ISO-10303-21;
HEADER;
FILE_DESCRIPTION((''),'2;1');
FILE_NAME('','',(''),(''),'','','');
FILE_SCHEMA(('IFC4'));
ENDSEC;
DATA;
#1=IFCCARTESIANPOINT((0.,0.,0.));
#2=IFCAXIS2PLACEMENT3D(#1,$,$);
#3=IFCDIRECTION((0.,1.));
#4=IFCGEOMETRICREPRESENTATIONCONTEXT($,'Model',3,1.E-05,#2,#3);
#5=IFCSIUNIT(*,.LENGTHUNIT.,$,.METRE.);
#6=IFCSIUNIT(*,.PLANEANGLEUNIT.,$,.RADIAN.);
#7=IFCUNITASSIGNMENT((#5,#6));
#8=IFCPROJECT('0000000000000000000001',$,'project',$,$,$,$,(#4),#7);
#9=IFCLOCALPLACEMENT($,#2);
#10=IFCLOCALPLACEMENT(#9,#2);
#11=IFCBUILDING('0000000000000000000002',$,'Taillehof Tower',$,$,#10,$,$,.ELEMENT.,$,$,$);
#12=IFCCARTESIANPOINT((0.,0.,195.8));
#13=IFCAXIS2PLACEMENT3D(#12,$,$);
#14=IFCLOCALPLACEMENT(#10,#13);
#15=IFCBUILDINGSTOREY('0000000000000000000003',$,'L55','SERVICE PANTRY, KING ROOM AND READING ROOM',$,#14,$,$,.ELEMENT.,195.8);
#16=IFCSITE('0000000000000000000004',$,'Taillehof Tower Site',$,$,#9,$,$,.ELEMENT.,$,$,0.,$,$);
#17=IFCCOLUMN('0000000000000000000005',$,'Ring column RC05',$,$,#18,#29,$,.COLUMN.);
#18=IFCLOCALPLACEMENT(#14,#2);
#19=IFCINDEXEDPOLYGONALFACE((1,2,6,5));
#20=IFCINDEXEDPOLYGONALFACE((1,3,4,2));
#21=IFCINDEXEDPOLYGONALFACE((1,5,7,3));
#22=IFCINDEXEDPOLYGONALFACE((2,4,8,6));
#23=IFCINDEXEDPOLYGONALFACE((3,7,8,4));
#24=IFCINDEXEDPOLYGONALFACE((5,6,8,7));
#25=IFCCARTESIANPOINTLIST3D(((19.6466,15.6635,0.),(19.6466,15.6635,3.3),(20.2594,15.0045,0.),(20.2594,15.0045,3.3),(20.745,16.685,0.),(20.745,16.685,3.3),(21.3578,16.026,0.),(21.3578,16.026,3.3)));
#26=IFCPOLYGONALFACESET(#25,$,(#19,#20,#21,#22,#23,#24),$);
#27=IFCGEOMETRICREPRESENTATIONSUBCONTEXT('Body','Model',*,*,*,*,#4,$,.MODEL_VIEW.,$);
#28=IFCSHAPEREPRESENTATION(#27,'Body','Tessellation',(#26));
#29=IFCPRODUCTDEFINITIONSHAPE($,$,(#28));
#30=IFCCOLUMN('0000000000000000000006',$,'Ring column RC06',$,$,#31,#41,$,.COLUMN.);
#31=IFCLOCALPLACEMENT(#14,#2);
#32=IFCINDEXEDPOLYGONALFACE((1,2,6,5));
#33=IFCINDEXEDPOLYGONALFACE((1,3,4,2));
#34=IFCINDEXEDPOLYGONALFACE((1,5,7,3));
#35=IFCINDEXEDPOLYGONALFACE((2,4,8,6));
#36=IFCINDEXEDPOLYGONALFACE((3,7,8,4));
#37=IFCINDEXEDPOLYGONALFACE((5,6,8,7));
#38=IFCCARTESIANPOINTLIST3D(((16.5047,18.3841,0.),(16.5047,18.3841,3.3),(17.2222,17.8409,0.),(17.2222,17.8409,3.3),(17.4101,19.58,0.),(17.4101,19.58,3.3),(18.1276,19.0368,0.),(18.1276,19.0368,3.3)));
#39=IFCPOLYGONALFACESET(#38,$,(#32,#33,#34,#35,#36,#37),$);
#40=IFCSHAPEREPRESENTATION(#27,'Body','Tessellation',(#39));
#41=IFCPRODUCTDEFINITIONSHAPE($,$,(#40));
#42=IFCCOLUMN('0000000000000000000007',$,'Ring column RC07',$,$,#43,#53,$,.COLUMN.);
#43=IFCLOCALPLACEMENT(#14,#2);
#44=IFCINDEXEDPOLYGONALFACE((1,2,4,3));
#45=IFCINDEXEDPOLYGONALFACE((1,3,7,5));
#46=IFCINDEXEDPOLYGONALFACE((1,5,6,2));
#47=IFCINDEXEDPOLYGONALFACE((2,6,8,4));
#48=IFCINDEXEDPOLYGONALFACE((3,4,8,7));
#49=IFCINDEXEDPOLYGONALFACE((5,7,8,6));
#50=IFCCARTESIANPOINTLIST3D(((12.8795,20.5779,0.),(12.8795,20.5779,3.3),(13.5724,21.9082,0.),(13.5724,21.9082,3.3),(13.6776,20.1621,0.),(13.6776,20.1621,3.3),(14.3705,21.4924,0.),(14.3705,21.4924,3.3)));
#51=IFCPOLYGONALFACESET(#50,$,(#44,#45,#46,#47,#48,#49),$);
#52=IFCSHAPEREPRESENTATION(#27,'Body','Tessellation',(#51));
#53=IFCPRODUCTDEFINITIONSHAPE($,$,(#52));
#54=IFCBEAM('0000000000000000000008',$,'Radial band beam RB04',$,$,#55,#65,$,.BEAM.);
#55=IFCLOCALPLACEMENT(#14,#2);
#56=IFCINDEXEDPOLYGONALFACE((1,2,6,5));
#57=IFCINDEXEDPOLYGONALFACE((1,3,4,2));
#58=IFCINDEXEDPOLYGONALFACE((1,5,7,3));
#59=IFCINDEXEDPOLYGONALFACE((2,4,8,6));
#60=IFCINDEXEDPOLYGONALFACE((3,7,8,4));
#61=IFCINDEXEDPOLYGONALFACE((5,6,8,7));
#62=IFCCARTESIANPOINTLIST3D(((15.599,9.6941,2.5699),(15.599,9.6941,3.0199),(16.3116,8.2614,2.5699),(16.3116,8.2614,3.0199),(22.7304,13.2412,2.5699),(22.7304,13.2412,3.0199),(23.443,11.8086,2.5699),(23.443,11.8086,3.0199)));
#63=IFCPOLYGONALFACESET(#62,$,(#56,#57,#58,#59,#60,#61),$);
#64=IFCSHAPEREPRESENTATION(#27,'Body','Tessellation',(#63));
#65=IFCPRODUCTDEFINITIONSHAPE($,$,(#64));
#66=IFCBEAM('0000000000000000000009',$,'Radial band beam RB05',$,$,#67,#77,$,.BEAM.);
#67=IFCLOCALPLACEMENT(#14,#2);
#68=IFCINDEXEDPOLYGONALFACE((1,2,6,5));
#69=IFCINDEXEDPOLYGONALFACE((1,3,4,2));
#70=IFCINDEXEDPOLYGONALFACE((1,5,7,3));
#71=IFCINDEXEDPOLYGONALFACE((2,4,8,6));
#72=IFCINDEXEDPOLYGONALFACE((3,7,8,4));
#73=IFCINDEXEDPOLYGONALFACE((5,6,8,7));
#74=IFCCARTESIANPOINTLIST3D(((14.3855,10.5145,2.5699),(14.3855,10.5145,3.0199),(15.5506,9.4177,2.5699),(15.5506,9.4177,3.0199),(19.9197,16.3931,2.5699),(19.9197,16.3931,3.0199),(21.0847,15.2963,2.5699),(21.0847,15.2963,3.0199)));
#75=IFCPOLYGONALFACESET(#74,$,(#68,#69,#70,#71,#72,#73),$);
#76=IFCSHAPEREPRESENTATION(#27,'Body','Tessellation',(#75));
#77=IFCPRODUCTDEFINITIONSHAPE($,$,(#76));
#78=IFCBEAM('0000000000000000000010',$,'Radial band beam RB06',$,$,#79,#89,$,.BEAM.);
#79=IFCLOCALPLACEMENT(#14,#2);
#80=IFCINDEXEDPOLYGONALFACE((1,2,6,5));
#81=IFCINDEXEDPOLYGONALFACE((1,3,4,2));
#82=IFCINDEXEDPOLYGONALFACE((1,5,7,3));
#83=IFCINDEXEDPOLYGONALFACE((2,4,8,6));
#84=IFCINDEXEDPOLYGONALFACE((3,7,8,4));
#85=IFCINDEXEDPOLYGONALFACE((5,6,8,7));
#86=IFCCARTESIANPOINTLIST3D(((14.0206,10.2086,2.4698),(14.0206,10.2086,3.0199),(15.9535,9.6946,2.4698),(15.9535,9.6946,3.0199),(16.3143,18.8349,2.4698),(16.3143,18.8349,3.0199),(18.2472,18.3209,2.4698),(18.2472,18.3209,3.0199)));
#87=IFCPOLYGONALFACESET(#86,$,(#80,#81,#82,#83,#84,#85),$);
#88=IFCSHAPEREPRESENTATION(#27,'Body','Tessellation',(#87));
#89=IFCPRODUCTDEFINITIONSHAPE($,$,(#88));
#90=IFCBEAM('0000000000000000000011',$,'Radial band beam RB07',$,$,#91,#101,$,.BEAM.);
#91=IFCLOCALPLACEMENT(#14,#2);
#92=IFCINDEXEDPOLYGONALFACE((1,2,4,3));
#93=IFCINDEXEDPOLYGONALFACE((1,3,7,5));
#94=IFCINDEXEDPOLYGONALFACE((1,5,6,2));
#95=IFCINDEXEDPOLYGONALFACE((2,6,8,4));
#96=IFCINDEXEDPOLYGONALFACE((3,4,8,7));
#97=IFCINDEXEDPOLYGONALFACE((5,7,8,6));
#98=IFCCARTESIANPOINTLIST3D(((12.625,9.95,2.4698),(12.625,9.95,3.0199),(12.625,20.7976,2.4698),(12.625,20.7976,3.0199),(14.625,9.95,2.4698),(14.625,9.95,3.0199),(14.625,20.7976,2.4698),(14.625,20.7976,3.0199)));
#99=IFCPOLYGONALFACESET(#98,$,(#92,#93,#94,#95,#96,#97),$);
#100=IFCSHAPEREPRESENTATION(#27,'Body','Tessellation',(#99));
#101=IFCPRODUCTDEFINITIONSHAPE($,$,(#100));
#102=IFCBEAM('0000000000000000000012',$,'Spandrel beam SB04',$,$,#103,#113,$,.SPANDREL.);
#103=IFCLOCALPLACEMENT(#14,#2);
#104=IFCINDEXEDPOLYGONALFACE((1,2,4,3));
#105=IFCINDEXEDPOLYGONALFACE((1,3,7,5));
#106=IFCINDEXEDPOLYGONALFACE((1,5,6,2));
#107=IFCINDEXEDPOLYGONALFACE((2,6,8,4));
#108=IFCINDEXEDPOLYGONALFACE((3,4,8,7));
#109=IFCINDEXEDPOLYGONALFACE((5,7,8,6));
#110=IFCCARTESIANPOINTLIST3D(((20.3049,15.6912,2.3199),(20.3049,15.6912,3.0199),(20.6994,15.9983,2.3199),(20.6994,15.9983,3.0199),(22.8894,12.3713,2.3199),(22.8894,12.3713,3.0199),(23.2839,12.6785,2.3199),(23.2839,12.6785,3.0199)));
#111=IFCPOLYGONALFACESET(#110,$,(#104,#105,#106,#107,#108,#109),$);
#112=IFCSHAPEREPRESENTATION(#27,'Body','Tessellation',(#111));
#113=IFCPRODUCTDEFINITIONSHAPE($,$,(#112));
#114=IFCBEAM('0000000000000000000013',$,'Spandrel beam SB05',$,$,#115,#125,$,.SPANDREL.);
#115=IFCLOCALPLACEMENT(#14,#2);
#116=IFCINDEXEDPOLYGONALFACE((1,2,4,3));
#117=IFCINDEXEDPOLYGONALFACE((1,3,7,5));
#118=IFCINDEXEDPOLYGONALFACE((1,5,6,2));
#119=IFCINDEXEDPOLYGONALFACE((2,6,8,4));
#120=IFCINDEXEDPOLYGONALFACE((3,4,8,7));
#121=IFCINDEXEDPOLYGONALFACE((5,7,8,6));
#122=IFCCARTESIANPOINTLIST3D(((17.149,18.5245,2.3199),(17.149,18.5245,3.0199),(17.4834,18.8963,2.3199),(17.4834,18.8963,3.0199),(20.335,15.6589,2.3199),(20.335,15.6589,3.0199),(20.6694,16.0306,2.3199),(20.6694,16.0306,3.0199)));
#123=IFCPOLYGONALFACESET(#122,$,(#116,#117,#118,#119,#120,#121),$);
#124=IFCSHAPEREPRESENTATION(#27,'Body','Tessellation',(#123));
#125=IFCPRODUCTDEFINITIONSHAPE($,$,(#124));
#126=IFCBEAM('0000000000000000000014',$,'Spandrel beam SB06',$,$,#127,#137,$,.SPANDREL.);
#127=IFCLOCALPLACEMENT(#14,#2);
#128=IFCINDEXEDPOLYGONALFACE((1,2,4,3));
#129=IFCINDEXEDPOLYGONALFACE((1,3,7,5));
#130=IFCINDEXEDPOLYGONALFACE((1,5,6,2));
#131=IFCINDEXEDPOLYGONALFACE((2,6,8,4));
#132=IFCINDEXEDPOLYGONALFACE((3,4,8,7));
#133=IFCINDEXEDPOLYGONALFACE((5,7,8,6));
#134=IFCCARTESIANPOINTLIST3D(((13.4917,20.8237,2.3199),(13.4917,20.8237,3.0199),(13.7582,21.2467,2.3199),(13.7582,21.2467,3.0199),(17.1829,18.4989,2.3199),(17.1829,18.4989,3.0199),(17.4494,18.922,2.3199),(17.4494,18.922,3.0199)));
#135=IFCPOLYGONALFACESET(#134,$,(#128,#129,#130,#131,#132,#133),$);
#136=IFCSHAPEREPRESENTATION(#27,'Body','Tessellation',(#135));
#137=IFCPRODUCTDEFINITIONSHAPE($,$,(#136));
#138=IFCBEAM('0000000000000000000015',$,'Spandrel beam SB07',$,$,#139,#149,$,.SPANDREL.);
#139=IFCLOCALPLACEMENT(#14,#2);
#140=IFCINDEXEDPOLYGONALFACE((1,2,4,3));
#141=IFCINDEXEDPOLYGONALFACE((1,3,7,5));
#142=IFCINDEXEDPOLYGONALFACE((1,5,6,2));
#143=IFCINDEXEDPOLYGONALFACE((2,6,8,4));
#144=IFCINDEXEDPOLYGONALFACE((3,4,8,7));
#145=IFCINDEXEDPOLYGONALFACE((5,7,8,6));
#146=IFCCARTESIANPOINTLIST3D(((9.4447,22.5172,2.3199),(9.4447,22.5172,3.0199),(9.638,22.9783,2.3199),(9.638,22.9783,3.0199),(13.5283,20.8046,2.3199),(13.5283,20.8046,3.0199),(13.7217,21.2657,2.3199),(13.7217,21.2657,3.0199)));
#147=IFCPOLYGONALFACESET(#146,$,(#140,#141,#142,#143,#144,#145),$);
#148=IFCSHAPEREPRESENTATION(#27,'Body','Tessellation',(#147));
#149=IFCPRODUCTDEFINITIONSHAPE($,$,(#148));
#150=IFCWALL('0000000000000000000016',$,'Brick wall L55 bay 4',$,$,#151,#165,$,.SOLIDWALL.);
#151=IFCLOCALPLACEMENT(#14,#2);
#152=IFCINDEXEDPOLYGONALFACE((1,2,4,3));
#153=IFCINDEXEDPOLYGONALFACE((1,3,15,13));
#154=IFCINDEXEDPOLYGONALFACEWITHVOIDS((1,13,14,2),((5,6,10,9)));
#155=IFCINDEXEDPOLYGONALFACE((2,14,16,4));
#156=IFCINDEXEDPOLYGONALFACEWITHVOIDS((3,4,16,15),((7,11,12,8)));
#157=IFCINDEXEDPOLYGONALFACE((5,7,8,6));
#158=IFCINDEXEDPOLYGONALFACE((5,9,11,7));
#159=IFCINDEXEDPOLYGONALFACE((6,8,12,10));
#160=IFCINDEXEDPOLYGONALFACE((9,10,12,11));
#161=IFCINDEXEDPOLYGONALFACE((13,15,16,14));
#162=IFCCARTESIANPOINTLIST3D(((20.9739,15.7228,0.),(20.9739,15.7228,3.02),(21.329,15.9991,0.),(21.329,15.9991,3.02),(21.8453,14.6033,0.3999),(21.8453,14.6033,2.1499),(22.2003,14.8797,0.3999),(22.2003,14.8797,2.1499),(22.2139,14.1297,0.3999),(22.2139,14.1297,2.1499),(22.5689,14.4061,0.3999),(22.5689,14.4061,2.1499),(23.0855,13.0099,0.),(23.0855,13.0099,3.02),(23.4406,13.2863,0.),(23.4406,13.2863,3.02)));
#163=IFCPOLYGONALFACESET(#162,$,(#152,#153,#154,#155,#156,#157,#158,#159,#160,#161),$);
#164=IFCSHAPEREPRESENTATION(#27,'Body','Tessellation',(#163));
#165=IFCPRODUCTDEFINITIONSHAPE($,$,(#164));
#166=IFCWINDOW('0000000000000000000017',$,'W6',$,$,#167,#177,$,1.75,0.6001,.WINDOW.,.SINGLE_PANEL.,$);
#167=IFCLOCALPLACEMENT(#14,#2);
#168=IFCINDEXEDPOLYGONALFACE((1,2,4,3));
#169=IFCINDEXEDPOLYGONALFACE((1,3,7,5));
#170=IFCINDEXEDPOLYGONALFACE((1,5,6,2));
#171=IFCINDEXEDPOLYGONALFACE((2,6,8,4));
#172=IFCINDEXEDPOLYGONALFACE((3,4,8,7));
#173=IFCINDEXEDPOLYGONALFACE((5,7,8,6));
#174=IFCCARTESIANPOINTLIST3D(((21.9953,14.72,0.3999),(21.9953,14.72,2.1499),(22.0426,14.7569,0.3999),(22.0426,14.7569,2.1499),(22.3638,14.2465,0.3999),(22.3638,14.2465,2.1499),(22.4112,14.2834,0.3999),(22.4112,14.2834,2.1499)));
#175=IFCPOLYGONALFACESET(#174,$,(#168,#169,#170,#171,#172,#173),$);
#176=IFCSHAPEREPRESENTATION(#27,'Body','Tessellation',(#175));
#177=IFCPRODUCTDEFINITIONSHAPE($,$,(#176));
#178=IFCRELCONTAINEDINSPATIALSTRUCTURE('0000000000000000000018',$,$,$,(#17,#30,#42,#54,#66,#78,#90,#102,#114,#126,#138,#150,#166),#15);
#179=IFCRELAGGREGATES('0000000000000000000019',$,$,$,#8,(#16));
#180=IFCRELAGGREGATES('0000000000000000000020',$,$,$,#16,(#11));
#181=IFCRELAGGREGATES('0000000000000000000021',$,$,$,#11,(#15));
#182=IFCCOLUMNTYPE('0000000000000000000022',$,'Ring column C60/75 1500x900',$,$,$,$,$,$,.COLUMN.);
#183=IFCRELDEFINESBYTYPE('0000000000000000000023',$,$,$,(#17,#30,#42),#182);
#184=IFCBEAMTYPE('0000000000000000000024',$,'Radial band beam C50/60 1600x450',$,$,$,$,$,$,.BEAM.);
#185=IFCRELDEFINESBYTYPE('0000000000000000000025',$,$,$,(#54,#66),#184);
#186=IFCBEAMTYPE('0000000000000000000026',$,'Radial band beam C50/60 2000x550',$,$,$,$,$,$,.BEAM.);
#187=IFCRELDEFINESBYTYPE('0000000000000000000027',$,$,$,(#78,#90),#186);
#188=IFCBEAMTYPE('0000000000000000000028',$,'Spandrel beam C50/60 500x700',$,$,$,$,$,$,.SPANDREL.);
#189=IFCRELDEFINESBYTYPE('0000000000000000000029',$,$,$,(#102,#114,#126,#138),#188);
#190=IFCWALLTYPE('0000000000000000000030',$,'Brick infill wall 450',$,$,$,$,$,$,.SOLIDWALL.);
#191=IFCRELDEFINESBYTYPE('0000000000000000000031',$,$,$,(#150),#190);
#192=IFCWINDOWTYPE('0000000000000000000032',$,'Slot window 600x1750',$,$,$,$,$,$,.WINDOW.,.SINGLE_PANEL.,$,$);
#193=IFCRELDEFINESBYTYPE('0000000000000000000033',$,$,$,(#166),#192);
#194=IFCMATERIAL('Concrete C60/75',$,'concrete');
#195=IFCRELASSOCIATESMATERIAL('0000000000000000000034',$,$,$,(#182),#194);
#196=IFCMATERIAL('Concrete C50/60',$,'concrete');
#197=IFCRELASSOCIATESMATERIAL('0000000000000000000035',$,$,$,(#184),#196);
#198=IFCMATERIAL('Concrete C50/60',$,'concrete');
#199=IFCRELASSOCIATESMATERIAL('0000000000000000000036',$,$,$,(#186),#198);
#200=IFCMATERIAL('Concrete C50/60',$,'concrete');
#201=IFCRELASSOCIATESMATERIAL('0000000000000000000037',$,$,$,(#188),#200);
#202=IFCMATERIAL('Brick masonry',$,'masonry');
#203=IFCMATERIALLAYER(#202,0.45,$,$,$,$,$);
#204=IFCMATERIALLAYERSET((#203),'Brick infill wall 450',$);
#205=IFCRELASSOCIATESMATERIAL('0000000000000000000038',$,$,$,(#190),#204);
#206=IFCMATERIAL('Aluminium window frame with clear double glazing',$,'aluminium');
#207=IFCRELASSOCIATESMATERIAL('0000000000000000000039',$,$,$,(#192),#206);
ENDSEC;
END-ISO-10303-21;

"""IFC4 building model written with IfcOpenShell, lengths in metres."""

from ifc_helpers import new_model, si_unit, direction, frame, frame_2d, origin, origin_2d, place, context, subcontext, project, spatial, rectangle, extrude, material, layer, layer_set, material_profile, profile_set, type_object, element, fill, save


model = new_model("IFC4")

# Units and contexts
model_context = context("Model", 3, precision=1e-05, world=origin(), true_north=direction((0.0, 1.0)))
body_context = subcontext(model_context, "Body", "Model", "MODEL_VIEW")
ifc_project = project(units=[si_unit("LENGTHUNIT", "METRE"), si_unit("PLANEANGLEUNIT", "RADIAN")], contexts=[model_context])

# Site, building, storey
site_placement = place(None, origin())
site = spatial("IfcSite", under=ifc_project, at=site_placement, Name="Taillehof Tower Site", CompositionType="ELEMENT", RefElevation=0.0)
building_placement = place(site_placement, origin())
building = spatial("IfcBuilding", under=site, at=building_placement, Name="Taillehof Tower", CompositionType="ELEMENT")
storey_placement = place(building_placement, frame((0.0, 0.0, 195.8)))
storey = spatial("IfcBuildingStorey", under=building, at=storey_placement, Name="L55", Description="SERVICE PANTRY, KING ROOM AND READING ROOM", CompositionType="ELEMENT", Elevation=195.8)

# Columns
ifc_material_1 = material(Name="Concrete C60/75", Category="concrete")
ifc_material_profile_1 = material_profile(ifc_material_1, rectangle(XDim=1.5, YDim=0.8999, at=origin_2d()), Name="RC 1500x900")
ifc_profile_set_1 = profile_set([ifc_material_profile_1], Name="Concrete C60/75")
column_type = type_object("IfcColumnType", Name="Ring column C60/75 1500x900", PredefinedType="COLUMN", material=ifc_profile_set_1)
for number, where, z_axis, x_axis, name in (
    (1, (20.5022, 15.8447, 0.0), (0.0, 0.0, 1.0), (0.732271, 0.681013, 0.0), "Ring column RC05"),
    (2, (17.3162, 18.7104, 0.0), (0.0, 0.0, 1.0), (0.603608, 0.797281, 0.0), "Ring column RC06"),
    (3, (13.625, 21.0352, 0.0), (0.0, 0.0, 1.0), (0.461993, 0.886883, 0.0), "Ring column RC07"),
):
    element("IfcColumn", number, at=place(storey_placement, frame(where, z_axis=z_axis, x_axis=x_axis)), inside=storey, type_object=column_type, Name=name, PredefinedType="COLUMN", context=body_context, shape_type="SweptSolid", body=[
        extrude(rectangle(XDim=1.5, YDim=0.8999, at=origin_2d()), origin(), (0.0, 0.0, 1.0), 3.3),
    ])

# Beams
ifc_material_2 = material(Name="Concrete C50/60", Category="concrete")
ifc_material_profile_2 = material_profile(ifc_material_2, rectangle(XDim=1.6001, YDim=0.45, at=origin_2d()), Name="RC 1600x450")
ifc_profile_set_2 = profile_set([ifc_material_profile_2], Name="Concrete C50/60")
beam_type_1 = type_object("IfcBeamType", Name="Radial band beam C50/60 1600x450", PredefinedType="BEAM", material=ifc_profile_set_2)
beam_1_placement = place(storey_placement, frame((23.0867, 12.5249, 2.7949), z_axis=(-0.895357, -0.445349, 0.0), x_axis=(0.445349, -0.895357, 0.0)))
element("IfcBeam", 4, at=beam_1_placement, inside=storey, type_object=beam_type_1, Name="Radial band beam RB04", PredefinedType="BEAM", context=body_context, shape_type="SweptSolid", body=[
    extrude(rectangle(XDim=1.6001, YDim=0.45, at=origin_2d()), origin(), (0.0, 0.0, 1.0), 7.9648),
])
beam_2_placement = place(storey_placement, frame((20.5022, 15.8447, 2.7949), z_axis=(-0.685451, -0.728118, 0.0), x_axis=(0.728118, -0.685451, 0.0)))
element("IfcBeam", 5, at=beam_2_placement, inside=storey, type_object=beam_type_1, Name="Radial band beam RB05", PredefinedType="BEAM", context=body_context, shape_type="SweptSolid", body=[
    extrude(rectangle(XDim=1.6001, YDim=0.45, at=origin_2d()), origin(), (0.0, 0.0, 1.0), 8.0737),
])
ifc_material_3 = material(Name="Concrete C50/60", Category="concrete")
ifc_material_profile_3 = material_profile(ifc_material_3, rectangle(XDim=2.0, YDim=0.55, at=origin_2d()), Name="RC 2000x550")
ifc_profile_set_3 = profile_set([ifc_material_profile_3], Name="Concrete C50/60")
beam_type_2 = type_object("IfcBeamType", Name="Radial band beam C50/60 2000x550", PredefinedType="BEAM", material=ifc_profile_set_3)
beam_3_placement = place(storey_placement, frame((17.2808, 18.5779, 2.7449), z_axis=(-0.25697, -0.966419, 0.0), x_axis=(0.966419, -0.25697, 0.0)))
element("IfcBeam", 6, at=beam_3_placement, inside=storey, type_object=beam_type_2, Name="Radial band beam RB06", PredefinedType="BEAM", context=body_context, shape_type="SweptSolid", body=[
    extrude(rectangle(XDim=2.0, YDim=0.55, at=origin_2d()), origin(), (0.0, 0.0, 1.0), 8.926),
])
beam_4_placement = place(storey_placement, frame((13.625, 20.7976, 2.7449), z_axis=(0.0, -1.0, 0.0), x_axis=(1.0, 0.0, 0.0)))
element("IfcBeam", 7, at=beam_4_placement, inside=storey, type_object=beam_type_2, Name="Radial band beam RB07", PredefinedType="BEAM", context=body_context, shape_type="SweptSolid", body=[
    extrude(rectangle(XDim=2.0, YDim=0.55, at=origin_2d()), origin(), (0.0, 0.0, 1.0), 10.8477),
])
ifc_material_4 = material(Name="Concrete C50/60", Category="concrete")
ifc_material_profile_4 = material_profile(ifc_material_4, rectangle(XDim=0.5, YDim=0.7, at=origin_2d()), Name="RC 500x700")
ifc_profile_set_4 = profile_set([ifc_material_profile_4], Name="Concrete C50/60")
beam_type_3 = type_object("IfcBeamType", Name="Spandrel beam C50/60 500x700", PredefinedType="SPANDREL", material=ifc_profile_set_4)
beam_5_placement = place(storey_placement, frame((23.0867, 12.5249, 2.6699), z_axis=(-0.614294, 0.789077, 0.0), x_axis=(-0.789077, -0.614294, 0.0)))
element("IfcBeam", 8, at=beam_5_placement, inside=storey, type_object=beam_type_3, Name="Spandrel beam SB04", PredefinedType="SPANDREL", context=body_context, shape_type="SweptSolid", body=[
    extrude(rectangle(XDim=0.5, YDim=0.7, at=origin_2d()), origin(), (0.0, 0.0, 1.0), 4.2073),
])
beam_6_placement = place(storey_placement, frame((20.5022, 15.8447, 2.6699), z_axis=(-0.743492, 0.668744, 0.0), x_axis=(-0.668744, -0.743492, 0.0)))
element("IfcBeam", 9, at=beam_6_placement, inside=storey, type_object=beam_type_3, Name="Spandrel beam SB05", PredefinedType="SPANDREL", context=body_context, shape_type="SweptSolid", body=[
    extrude(rectangle(XDim=0.5, YDim=0.7, at=origin_2d()), origin(), (0.0, 0.0, 1.0), 4.2852),
])
beam_7_placement = place(storey_placement, frame((17.3162, 18.7104, 2.6699), z_axis=(-0.846166, 0.532919, 0.0), x_axis=(-0.532919, -0.846166, 0.0)))
element("IfcBeam", 10, at=beam_7_placement, inside=storey, type_object=beam_type_3, Name="Spandrel beam SB06", PredefinedType="SPANDREL", context=body_context, shape_type="SweptSolid", body=[
    extrude(rectangle(XDim=0.5, YDim=0.7, at=origin_2d()), origin(), (0.0, 0.0, 1.0), 4.3623),
])
beam_8_placement = place(storey_placement, frame((13.625, 21.0352, 2.6699), z_axis=(-0.922186, 0.386748, 0.0), x_axis=(-0.386748, -0.922186, 0.0)))
element("IfcBeam", 11, at=beam_8_placement, inside=storey, type_object=beam_type_3, Name="Spandrel beam SB07", PredefinedType="SPANDREL", context=body_context, shape_type="SweptSolid", body=[
    extrude(rectangle(XDim=0.5, YDim=0.7, at=origin_2d()), origin(), (0.0, 0.0, 1.0), 4.4282),
])

# Wall, opening, window
ifc_material_5 = material(Name="Brick masonry", Category="masonry")
ifc_layer_1 = layer(ifc_material_5, 0.45)
ifc_layer_set_1 = layer_set([ifc_layer_1], Name="Brick infill wall 450")
wall_type_1 = type_object("IfcWallType", Name="Brick infill wall 450", PredefinedType="SOLIDWALL", material=ifc_layer_set_1)
wall_1_placement = place(storey_placement, frame((23.2629, 13.1482, 0.0), z_axis=(0.0, 0.0, 1.0), x_axis=(-0.614221, 0.789134, 0.0)))
wall_1 = element("IfcWall", 12, at=wall_1_placement, inside=storey, type_object=wall_type_1, Name="Brick wall L55 bay 4", PredefinedType="SOLIDWALL", context=body_context, shape_type="SweptSolid", body=[
    extrude(rectangle(XDim=3.4377, YDim=0.45, at=frame_2d((1.7188, 0.0))), origin(), (0.0, 0.0, 1.0), 3.02),
])
opening_1_placement = place(wall_1_placement, frame((1.4189, 0.0, 0.3999)))
opening_1 = element("IfcOpeningElement", 13, at=opening_1_placement, cuts=wall_1, PredefinedType="OPENING", context=body_context, shape_type="SweptSolid", body=[
    extrude(rectangle(XDim=0.6001, YDim=1.75, at=frame_2d((0.3, 0.875))), frame((0.0, 0.2349, 0.0), z_axis=(0.0, -1.0, 0.0), x_axis=(1.0, 0.0, 0.0)), (0.0, 0.0, 1.0), 0.47),
])
ifc_material_6 = material(Name="Aluminium window frame with clear double glazing", Category="aluminium")
window_type_1 = type_object("IfcWindowType", Name="Slot window 600x1750", PartitioningType="SINGLE_PANEL", PredefinedType="WINDOW", material=ifc_material_6)
window_1_placement = place(opening_1_placement, origin())
window_1 = element("IfcWindow", 14, at=window_1_placement, inside=storey, type_object=window_type_1, Name="W6", OverallHeight=1.75, OverallWidth=0.6001, PartitioningType="SINGLE_PANEL", PredefinedType="WINDOW", context=body_context, shape_type="SweptSolid", body=[
    extrude(rectangle(XDim=0.6001, YDim=1.75, at=frame_2d((0.3, 0.875))), frame((0.0, 0.0349, 0.0), z_axis=(0.0, -1.0, 0.0), x_axis=(1.0, 0.0, 0.0)), (0.0, 0.0, 1.0), 0.0601),
])
fill(opening_1, window_1)

save(model, "model.ifc")
